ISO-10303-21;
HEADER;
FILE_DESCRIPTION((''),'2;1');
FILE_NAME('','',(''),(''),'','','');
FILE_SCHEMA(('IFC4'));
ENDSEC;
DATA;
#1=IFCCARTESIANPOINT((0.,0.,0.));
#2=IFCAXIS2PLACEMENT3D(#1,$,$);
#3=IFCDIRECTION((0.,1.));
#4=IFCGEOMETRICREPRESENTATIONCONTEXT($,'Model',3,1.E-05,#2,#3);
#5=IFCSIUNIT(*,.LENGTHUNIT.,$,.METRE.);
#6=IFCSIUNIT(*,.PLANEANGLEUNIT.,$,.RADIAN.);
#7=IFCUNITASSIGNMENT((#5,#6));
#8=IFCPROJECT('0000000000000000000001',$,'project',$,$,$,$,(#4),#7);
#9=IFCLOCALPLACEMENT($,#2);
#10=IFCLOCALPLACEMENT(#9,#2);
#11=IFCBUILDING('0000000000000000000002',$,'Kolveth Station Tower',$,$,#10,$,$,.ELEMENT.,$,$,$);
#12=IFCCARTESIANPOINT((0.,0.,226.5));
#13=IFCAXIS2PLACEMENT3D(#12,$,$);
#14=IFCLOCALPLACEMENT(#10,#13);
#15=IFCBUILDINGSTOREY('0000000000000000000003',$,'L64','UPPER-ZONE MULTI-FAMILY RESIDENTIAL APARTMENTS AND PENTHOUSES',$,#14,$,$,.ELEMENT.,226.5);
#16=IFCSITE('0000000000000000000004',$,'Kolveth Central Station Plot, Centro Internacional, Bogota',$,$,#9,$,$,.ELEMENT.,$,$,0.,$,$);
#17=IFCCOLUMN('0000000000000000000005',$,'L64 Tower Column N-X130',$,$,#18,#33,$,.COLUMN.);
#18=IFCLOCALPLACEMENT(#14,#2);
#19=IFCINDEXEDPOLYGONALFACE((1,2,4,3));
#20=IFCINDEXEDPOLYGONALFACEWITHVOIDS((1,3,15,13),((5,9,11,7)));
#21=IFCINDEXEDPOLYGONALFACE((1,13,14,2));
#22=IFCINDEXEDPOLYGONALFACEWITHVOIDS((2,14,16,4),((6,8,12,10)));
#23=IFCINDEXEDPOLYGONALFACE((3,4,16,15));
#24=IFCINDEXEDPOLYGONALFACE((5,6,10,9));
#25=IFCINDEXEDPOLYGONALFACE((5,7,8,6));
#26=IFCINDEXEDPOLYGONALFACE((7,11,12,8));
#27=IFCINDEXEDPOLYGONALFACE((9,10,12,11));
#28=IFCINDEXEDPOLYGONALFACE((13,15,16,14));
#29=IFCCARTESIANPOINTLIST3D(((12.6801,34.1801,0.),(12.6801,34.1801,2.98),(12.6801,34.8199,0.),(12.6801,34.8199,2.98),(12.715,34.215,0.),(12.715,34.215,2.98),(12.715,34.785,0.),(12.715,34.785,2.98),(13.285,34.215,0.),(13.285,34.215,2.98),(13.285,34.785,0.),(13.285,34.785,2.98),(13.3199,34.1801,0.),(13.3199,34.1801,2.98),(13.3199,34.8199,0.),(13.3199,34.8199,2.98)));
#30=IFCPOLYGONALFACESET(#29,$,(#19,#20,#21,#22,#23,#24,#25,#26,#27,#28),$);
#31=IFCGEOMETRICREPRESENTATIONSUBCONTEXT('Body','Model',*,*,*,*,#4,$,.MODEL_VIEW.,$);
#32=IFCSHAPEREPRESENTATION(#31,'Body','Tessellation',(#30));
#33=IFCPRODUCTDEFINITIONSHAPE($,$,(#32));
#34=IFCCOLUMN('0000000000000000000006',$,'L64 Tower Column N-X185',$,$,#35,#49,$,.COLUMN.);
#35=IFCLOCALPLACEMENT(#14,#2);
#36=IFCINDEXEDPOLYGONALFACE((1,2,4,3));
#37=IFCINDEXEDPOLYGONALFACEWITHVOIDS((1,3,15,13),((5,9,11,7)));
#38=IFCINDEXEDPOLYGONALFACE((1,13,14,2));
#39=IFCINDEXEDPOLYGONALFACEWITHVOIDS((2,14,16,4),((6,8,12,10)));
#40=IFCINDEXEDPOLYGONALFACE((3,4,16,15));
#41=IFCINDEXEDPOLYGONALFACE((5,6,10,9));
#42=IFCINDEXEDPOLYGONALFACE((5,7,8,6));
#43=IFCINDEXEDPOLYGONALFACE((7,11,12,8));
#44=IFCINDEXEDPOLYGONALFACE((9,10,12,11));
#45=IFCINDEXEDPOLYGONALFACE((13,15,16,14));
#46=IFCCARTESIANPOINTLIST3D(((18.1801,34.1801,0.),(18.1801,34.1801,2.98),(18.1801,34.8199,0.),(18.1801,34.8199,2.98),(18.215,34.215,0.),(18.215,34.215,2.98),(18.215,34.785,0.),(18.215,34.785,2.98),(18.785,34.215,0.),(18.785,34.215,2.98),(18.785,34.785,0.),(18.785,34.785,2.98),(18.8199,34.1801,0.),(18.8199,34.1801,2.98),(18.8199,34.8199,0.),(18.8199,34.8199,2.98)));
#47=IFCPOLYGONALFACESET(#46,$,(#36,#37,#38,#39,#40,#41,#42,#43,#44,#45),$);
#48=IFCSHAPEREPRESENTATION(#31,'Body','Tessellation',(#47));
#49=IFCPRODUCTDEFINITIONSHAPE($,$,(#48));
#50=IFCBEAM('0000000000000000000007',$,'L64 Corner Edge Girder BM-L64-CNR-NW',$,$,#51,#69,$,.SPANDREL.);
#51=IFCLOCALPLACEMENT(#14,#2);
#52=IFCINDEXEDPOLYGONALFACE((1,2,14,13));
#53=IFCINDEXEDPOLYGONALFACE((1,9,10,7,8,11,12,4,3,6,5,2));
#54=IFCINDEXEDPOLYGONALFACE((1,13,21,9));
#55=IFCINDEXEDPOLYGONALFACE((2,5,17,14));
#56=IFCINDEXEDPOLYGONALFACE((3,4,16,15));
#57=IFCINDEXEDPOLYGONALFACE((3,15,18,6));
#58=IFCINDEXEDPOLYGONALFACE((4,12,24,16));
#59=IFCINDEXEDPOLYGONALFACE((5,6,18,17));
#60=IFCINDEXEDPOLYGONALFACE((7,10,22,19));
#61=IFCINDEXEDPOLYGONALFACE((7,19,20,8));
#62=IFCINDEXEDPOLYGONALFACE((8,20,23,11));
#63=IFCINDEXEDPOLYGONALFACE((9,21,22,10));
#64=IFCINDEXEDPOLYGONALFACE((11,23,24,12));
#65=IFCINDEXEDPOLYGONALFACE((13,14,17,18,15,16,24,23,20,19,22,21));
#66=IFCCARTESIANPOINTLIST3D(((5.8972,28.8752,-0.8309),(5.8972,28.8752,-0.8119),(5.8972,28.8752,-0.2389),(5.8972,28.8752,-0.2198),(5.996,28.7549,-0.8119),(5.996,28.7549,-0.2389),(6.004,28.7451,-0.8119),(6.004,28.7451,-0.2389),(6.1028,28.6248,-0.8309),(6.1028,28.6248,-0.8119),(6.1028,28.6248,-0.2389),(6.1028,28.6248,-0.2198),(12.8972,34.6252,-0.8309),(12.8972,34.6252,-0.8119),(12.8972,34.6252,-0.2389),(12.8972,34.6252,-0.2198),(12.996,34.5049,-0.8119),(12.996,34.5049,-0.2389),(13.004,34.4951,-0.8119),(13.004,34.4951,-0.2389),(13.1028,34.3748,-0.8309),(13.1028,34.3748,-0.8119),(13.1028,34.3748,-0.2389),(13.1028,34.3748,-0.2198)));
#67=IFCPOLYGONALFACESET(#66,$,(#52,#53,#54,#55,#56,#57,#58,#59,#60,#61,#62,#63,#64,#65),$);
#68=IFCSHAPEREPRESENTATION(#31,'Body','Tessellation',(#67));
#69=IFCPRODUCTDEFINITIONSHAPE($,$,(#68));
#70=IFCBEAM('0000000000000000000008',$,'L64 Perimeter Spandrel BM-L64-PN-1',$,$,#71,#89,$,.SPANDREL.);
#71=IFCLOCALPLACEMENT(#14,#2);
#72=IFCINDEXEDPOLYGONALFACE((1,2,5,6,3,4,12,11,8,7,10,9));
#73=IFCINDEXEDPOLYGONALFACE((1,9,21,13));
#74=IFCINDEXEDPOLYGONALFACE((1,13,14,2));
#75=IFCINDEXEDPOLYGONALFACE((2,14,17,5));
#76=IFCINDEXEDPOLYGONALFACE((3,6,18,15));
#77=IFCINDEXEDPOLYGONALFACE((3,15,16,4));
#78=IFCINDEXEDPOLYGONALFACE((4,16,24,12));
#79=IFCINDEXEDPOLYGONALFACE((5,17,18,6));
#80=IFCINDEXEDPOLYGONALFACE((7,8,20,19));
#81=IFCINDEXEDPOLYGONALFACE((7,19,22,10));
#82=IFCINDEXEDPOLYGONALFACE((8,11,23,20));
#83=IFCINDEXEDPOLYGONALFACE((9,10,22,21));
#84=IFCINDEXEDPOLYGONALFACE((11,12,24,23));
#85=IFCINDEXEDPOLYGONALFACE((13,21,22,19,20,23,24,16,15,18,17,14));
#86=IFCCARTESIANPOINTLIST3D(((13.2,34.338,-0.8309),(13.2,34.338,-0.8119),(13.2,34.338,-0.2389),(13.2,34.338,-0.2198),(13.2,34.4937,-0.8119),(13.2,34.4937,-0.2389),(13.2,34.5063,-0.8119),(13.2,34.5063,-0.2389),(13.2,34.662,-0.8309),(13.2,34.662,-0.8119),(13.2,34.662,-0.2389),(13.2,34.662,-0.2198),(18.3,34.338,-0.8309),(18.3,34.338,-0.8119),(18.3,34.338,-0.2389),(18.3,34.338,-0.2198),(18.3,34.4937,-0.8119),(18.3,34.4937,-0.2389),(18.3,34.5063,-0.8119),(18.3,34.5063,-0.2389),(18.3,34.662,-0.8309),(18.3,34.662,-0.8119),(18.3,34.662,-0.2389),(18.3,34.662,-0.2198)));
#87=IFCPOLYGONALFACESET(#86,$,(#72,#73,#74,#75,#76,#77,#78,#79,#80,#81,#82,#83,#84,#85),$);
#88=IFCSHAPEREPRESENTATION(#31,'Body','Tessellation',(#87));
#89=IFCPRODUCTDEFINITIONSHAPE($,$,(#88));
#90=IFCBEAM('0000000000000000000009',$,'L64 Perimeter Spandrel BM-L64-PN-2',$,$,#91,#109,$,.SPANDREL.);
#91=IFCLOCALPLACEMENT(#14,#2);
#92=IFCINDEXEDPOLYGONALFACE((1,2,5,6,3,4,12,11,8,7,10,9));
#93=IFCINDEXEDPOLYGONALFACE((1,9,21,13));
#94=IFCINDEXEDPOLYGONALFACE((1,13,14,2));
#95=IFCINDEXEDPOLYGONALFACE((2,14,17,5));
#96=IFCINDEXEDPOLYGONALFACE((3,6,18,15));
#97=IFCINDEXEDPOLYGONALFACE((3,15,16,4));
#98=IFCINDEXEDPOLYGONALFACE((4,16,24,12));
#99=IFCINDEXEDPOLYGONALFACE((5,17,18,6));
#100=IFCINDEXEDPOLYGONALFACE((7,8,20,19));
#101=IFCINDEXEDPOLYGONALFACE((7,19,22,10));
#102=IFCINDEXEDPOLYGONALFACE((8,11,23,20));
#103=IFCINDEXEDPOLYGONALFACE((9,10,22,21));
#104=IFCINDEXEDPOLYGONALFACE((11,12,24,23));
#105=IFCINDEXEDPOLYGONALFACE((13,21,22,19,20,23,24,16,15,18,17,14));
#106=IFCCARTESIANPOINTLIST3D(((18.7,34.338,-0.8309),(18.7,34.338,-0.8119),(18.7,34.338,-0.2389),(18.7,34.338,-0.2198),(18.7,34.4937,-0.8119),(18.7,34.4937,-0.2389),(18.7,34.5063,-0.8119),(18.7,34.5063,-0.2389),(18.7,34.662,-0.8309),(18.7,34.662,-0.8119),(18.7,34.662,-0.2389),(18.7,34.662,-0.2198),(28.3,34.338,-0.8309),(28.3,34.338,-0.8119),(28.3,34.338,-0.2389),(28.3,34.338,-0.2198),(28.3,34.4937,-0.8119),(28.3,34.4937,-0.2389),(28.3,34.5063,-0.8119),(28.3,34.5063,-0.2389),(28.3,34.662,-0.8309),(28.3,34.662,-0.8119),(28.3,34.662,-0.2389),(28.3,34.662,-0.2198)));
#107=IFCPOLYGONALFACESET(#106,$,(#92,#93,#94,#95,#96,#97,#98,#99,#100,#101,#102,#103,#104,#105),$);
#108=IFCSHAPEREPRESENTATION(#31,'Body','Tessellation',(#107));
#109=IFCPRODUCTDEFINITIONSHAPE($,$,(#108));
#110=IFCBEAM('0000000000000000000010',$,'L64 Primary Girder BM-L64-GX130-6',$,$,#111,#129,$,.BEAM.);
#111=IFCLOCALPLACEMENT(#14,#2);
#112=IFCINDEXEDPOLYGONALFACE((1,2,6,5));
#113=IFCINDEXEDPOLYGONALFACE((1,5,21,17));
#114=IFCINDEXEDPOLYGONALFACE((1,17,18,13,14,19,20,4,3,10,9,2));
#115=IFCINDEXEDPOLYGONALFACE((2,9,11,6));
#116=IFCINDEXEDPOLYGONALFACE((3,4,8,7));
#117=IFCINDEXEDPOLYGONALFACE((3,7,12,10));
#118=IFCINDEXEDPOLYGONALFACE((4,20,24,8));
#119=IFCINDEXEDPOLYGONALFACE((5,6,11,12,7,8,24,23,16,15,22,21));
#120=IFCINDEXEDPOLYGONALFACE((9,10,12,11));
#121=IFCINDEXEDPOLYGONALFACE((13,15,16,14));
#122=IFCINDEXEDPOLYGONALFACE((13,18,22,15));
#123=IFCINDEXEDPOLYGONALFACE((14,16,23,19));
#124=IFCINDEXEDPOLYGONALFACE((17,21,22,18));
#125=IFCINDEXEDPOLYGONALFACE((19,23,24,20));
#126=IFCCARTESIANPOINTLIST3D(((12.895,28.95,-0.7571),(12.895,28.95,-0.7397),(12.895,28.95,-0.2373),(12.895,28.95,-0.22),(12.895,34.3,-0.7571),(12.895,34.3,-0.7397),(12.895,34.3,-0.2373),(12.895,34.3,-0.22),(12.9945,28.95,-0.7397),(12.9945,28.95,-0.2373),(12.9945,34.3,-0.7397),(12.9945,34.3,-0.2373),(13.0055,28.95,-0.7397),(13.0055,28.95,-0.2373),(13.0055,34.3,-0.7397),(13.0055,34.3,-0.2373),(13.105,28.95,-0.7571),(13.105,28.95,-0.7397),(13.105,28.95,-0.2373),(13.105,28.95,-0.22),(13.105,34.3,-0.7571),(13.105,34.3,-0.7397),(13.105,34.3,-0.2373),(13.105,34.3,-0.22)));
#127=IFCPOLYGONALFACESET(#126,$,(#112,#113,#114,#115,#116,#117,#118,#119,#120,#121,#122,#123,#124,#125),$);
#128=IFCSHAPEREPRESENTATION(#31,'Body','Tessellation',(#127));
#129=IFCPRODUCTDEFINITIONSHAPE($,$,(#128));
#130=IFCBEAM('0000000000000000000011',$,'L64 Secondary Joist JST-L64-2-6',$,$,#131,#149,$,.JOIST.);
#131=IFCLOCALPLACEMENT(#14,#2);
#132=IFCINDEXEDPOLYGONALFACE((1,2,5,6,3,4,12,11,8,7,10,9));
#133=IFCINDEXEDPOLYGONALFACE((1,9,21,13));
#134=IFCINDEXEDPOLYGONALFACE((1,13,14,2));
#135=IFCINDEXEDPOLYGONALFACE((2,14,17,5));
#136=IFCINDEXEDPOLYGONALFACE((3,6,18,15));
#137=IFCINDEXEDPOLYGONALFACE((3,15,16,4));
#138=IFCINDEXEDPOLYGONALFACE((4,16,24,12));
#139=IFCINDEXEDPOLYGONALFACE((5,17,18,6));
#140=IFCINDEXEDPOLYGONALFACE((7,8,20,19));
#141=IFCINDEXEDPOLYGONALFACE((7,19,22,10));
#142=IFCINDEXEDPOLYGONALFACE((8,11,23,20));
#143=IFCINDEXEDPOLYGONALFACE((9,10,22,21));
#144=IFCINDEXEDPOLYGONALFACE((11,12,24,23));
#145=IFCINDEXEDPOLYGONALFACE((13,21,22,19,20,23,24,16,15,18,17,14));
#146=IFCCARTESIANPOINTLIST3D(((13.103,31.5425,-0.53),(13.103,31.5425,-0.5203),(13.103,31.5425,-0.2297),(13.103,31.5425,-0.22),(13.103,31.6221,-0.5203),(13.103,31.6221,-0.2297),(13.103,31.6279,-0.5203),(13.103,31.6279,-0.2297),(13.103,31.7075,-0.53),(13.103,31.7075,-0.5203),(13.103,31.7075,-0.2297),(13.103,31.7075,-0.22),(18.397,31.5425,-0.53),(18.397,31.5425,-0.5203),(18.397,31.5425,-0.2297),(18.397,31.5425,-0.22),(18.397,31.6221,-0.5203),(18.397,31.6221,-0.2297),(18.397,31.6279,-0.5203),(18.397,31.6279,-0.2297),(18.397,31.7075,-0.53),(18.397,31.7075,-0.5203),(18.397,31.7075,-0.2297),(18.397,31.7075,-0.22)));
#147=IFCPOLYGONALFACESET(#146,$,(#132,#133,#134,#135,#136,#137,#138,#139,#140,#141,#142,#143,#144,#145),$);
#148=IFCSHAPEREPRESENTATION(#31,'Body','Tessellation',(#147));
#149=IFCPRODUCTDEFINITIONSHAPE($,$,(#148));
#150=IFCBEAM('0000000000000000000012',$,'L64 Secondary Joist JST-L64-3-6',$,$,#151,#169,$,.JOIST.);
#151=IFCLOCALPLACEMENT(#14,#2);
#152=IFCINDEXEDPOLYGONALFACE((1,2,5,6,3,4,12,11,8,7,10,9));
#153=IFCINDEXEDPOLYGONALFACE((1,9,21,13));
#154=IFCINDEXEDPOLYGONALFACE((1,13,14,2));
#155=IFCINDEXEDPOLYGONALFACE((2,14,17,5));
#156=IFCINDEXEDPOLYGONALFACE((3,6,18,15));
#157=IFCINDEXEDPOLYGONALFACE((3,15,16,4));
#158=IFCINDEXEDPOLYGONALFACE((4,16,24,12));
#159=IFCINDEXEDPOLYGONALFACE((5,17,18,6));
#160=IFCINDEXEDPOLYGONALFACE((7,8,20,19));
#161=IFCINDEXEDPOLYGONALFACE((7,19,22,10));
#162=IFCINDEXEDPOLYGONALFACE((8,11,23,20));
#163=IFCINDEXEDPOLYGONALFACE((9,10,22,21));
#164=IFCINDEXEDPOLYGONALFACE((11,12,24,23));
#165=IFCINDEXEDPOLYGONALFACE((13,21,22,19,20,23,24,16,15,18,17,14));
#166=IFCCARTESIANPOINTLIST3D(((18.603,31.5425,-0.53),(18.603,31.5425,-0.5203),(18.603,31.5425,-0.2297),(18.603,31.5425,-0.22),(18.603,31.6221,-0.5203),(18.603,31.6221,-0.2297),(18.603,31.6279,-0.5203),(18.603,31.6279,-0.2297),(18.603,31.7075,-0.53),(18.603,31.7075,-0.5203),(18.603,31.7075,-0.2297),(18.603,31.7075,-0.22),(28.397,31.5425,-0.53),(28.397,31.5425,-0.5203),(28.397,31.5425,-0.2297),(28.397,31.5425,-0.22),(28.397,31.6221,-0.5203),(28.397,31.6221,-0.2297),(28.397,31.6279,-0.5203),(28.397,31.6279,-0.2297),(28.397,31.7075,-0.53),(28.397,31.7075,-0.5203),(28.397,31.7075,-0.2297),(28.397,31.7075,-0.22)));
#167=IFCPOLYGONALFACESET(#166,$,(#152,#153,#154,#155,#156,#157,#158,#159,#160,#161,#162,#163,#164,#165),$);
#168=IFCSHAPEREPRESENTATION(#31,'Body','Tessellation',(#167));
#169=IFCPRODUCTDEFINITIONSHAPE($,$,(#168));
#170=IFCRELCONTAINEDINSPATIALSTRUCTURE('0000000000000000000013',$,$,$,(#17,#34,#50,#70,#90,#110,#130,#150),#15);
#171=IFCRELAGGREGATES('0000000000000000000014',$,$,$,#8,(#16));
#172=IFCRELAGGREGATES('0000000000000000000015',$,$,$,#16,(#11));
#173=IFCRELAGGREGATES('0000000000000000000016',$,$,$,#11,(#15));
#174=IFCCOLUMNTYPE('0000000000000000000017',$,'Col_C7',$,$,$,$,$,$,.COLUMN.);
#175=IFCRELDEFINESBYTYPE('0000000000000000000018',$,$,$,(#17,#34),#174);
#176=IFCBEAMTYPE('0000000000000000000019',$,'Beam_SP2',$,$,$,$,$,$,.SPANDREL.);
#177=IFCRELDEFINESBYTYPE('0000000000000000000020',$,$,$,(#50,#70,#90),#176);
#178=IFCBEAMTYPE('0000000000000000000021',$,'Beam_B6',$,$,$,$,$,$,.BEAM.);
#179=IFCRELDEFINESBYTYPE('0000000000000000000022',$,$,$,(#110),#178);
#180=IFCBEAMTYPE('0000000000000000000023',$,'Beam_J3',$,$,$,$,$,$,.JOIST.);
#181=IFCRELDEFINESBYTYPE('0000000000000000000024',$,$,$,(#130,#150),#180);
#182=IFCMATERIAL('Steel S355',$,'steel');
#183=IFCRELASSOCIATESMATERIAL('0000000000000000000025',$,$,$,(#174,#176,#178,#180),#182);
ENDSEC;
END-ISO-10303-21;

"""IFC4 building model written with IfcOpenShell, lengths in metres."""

from ifc_helpers import new_model, si_unit, direction, frame, origin, origin_2d, place, context, subcontext, project, spatial, hollow_rectangle, i_section, extrude, source, transform, mapped, material, material_profile, profile_set, type_object, element, save


model = new_model("IFC4")

# Units and contexts
model_context = context("Model", 3, precision=1e-05, world=origin(), true_north=direction((0.0, 1.0)))
body_context = subcontext(model_context, "Body", "Model", "MODEL_VIEW")
ifc_project = project(units=[si_unit("LENGTHUNIT", "METRE"), si_unit("PLANEANGLEUNIT", "RADIAN")], contexts=[model_context])

# Site, building, storey
site_placement = place(None, origin())
site = spatial("IfcSite", under=ifc_project, at=site_placement, Name="Kolveth Central Station Plot, Centro Internacional, Bogota", CompositionType="ELEMENT", RefElevation=0.0)
building_placement = place(site_placement, origin())
building = spatial("IfcBuilding", under=site, at=building_placement, Name="Kolveth Station Tower", CompositionType="ELEMENT")
storey_placement = place(building_placement, frame((0.0, 0.0, 226.5)))
storey = spatial("IfcBuildingStorey", under=building, at=storey_placement, Name="L64", Description="UPPER-ZONE MULTI-FAMILY RESIDENTIAL APARTMENTS AND PENTHOUSES", CompositionType="ELEMENT", Elevation=226.5)

# Columns
ifc_material_1 = material(Name="Steel S355", Category="steel")
ifc_material_profile_1 = material_profile(ifc_material_1, hollow_rectangle(XDim=0.6399, YDim=0.6399, WallThickness=0.0349, at=origin_2d()), Name="BOX640x640x35")
ifc_profile_set_1 = profile_set([ifc_material_profile_1], Name="Steel S355")
column_type = type_object("IfcColumnType", Name="Col_C7", PredefinedType="COLUMN", material=ifc_profile_set_1)
shared_shape_1 = source(origin(), body_context, "Body", "SweptSolid", [
    extrude(hollow_rectangle(XDim=0.6399, YDim=0.6399, WallThickness=0.0349, at=origin_2d()), origin(), (0.0, 0.0, 1.0), 2.98),
])
for number, where, z_axis, x_axis, name in (
    (1, (13.0, 34.5, 0.0), (0.0, 0.0, 1.0), (1.0, 0.0, 0.0), "L64 Tower Column N-X130"),
    (2, (18.5, 34.5, 0.0), (0.0, 0.0, 1.0), (1.0, 0.0, 0.0), "L64 Tower Column N-X185"),
):
    element("IfcColumn", number, at=place(storey_placement, frame(where, z_axis=z_axis, x_axis=x_axis)), inside=storey, type_object=column_type, Name=name, PredefinedType="COLUMN", context=body_context, shape_type="MappedRepresentation", body=[
        mapped(shared_shape_1, transform((0.0, 0.0, 0.0), x_axis=(1.0, 0.0, 0.0), y_axis=(0.0, 1.0, 0.0), z_axis=(0.0, 0.0, 1.0), scale=1.0)),
    ])

# Beams
ifc_material_profile_2 = material_profile(ifc_material_1, i_section(OverallWidth=0.324, OverallDepth=0.6111, WebThickness=0.0127, FlangeThickness=0.019, at=origin_2d()), Name="W610x155")
ifc_profile_set_2 = profile_set([ifc_material_profile_2], Name="Steel S355")
beam_type_1 = type_object("IfcBeamType", Name="Beam_SP2", PredefinedType="SPANDREL", material=ifc_profile_set_2)
shared_shape_2 = source(origin(), body_context, "Body", "SweptSolid", [
    extrude(i_section(OverallWidth=0.324, OverallDepth=0.6111, WebThickness=0.0127, FlangeThickness=0.019, at=origin_2d()), origin(), (0.0, 0.0, 1.0), 9.0588),
])
beam_1_placement = place(storey_placement, frame((13.0, 34.5, -0.5254), z_axis=(-0.772726, -0.634739, 0.0), x_axis=(0.634739, -0.772726, 0.0)))
element("IfcBeam", 3, at=beam_1_placement, inside=storey, type_object=beam_type_1, Name="L64 Corner Edge Girder BM-L64-CNR-NW", PredefinedType="SPANDREL", context=body_context, shape_type="MappedRepresentation", body=[
    mapped(shared_shape_2, transform((0.0, 0.0, 0.0), x_axis=(1.0, 0.0, 0.0), y_axis=(0.0, 1.0, 0.0), z_axis=(0.0, 0.0, 1.0), scale=1.0)),
])
shared_shape_3 = source(origin(), body_context, "Body", "SweptSolid", [
    extrude(i_section(OverallWidth=0.324, OverallDepth=0.6111, WebThickness=0.0127, FlangeThickness=0.019, at=origin_2d()), origin(), (0.0, 0.0, 1.0), 5.1001),
])
beam_2_placement = place(storey_placement, frame((13.2, 34.5, -0.5254), z_axis=(1.0, 0.0, 0.0), x_axis=(0.0, 1.0, 0.0)))
element("IfcBeam", 4, at=beam_2_placement, inside=storey, type_object=beam_type_1, Name="L64 Perimeter Spandrel BM-L64-PN-1", PredefinedType="SPANDREL", context=body_context, shape_type="MappedRepresentation", body=[
    mapped(shared_shape_3, transform((0.0, 0.0, 0.0), x_axis=(1.0, 0.0, 0.0), y_axis=(0.0, 1.0, 0.0), z_axis=(0.0, 0.0, 1.0), scale=1.0)),
])
shared_shape_4 = source(origin(), body_context, "Body", "SweptSolid", [
    extrude(i_section(OverallWidth=0.324, OverallDepth=0.6111, WebThickness=0.0127, FlangeThickness=0.019, at=origin_2d()), origin(), (0.0, 0.0, 1.0), 9.6001),
])
beam_3_placement = place(storey_placement, frame((18.7, 34.5, -0.5254), z_axis=(1.0, 0.0, 0.0), x_axis=(0.0, 1.0, 0.0)))
element("IfcBeam", 5, at=beam_3_placement, inside=storey, type_object=beam_type_1, Name="L64 Perimeter Spandrel BM-L64-PN-2", PredefinedType="SPANDREL", context=body_context, shape_type="MappedRepresentation", body=[
    mapped(shared_shape_4, transform((0.0, 0.0, 0.0), x_axis=(1.0, 0.0, 0.0), y_axis=(0.0, 1.0, 0.0), z_axis=(0.0, 0.0, 1.0), scale=1.0)),
])
ifc_material_profile_3 = material_profile(ifc_material_1, i_section(OverallWidth=0.21, OverallDepth=0.5371, WebThickness=0.011, FlangeThickness=0.0173, at=origin_2d()), Name="W530x101")
ifc_profile_set_3 = profile_set([ifc_material_profile_3], Name="Steel S355")
beam_type_2 = type_object("IfcBeamType", Name="Beam_B6", PredefinedType="BEAM", material=ifc_profile_set_3)
shared_shape_5 = source(origin(), body_context, "Body", "SweptSolid", [
    extrude(i_section(OverallWidth=0.21, OverallDepth=0.5371, WebThickness=0.011, FlangeThickness=0.0173, at=origin_2d()), origin(), (0.0, 0.0, 1.0), 5.3501),
])
beam_4_placement = place(storey_placement, frame((13.0, 28.95, -0.4885), z_axis=(0.0, 1.0, 0.0), x_axis=(-1.0, 0.0, 0.0)))
element("IfcBeam", 6, at=beam_4_placement, inside=storey, type_object=beam_type_2, Name="L64 Primary Girder BM-L64-GX130-6", PredefinedType="BEAM", context=body_context, shape_type="MappedRepresentation", body=[
    mapped(shared_shape_5, transform((0.0, 0.0, 0.0), x_axis=(1.0, 0.0, 0.0), y_axis=(0.0, 1.0, 0.0), z_axis=(0.0, 0.0, 1.0), scale=1.0)),
])
ifc_material_profile_4 = material_profile(ifc_material_1, i_section(OverallWidth=0.165, OverallDepth=0.3101, WebThickness=0.0059, FlangeThickness=0.0098, at=origin_2d()), Name="W310x39")
ifc_profile_set_4 = profile_set([ifc_material_profile_4], Name="Steel S355")
beam_type_3 = type_object("IfcBeamType", Name="Beam_J3", PredefinedType="JOIST", material=ifc_profile_set_4)
shared_shape_6 = source(origin(), body_context, "Body", "SweptSolid", [
    extrude(i_section(OverallWidth=0.165, OverallDepth=0.3101, WebThickness=0.0059, FlangeThickness=0.0098, at=origin_2d()), origin(), (0.0, 0.0, 1.0), 5.2939),
])
beam_5_placement = place(storey_placement, frame((13.103, 31.625, -0.375), z_axis=(1.0, 0.0, 0.0), x_axis=(0.0, 1.0, 0.0)))
element("IfcBeam", 7, at=beam_5_placement, inside=storey, type_object=beam_type_3, Name="L64 Secondary Joist JST-L64-2-6", PredefinedType="JOIST", context=body_context, shape_type="MappedRepresentation", body=[
    mapped(shared_shape_6, transform((0.0, 0.0, 0.0), x_axis=(1.0, 0.0, 0.0), y_axis=(0.0, 1.0, 0.0), z_axis=(0.0, 0.0, 1.0), scale=1.0)),
])
shared_shape_7 = source(origin(), body_context, "Body", "SweptSolid", [
    extrude(i_section(OverallWidth=0.165, OverallDepth=0.3101, WebThickness=0.0059, FlangeThickness=0.0098, at=origin_2d()), origin(), (0.0, 0.0, 1.0), 9.7939),
])
beam_6_placement = place(storey_placement, frame((18.603, 31.625, -0.375), z_axis=(1.0, 0.0, 0.0), x_axis=(0.0, 1.0, 0.0)))
element("IfcBeam", 8, at=beam_6_placement, inside=storey, type_object=beam_type_3, Name="L64 Secondary Joist JST-L64-3-6", PredefinedType="JOIST", context=body_context, shape_type="MappedRepresentation", body=[
    mapped(shared_shape_7, transform((0.0, 0.0, 0.0), x_axis=(1.0, 0.0, 0.0), y_axis=(0.0, 1.0, 0.0), z_axis=(0.0, 0.0, 1.0), scale=1.0)),
])

save(model, "model.ifc")
